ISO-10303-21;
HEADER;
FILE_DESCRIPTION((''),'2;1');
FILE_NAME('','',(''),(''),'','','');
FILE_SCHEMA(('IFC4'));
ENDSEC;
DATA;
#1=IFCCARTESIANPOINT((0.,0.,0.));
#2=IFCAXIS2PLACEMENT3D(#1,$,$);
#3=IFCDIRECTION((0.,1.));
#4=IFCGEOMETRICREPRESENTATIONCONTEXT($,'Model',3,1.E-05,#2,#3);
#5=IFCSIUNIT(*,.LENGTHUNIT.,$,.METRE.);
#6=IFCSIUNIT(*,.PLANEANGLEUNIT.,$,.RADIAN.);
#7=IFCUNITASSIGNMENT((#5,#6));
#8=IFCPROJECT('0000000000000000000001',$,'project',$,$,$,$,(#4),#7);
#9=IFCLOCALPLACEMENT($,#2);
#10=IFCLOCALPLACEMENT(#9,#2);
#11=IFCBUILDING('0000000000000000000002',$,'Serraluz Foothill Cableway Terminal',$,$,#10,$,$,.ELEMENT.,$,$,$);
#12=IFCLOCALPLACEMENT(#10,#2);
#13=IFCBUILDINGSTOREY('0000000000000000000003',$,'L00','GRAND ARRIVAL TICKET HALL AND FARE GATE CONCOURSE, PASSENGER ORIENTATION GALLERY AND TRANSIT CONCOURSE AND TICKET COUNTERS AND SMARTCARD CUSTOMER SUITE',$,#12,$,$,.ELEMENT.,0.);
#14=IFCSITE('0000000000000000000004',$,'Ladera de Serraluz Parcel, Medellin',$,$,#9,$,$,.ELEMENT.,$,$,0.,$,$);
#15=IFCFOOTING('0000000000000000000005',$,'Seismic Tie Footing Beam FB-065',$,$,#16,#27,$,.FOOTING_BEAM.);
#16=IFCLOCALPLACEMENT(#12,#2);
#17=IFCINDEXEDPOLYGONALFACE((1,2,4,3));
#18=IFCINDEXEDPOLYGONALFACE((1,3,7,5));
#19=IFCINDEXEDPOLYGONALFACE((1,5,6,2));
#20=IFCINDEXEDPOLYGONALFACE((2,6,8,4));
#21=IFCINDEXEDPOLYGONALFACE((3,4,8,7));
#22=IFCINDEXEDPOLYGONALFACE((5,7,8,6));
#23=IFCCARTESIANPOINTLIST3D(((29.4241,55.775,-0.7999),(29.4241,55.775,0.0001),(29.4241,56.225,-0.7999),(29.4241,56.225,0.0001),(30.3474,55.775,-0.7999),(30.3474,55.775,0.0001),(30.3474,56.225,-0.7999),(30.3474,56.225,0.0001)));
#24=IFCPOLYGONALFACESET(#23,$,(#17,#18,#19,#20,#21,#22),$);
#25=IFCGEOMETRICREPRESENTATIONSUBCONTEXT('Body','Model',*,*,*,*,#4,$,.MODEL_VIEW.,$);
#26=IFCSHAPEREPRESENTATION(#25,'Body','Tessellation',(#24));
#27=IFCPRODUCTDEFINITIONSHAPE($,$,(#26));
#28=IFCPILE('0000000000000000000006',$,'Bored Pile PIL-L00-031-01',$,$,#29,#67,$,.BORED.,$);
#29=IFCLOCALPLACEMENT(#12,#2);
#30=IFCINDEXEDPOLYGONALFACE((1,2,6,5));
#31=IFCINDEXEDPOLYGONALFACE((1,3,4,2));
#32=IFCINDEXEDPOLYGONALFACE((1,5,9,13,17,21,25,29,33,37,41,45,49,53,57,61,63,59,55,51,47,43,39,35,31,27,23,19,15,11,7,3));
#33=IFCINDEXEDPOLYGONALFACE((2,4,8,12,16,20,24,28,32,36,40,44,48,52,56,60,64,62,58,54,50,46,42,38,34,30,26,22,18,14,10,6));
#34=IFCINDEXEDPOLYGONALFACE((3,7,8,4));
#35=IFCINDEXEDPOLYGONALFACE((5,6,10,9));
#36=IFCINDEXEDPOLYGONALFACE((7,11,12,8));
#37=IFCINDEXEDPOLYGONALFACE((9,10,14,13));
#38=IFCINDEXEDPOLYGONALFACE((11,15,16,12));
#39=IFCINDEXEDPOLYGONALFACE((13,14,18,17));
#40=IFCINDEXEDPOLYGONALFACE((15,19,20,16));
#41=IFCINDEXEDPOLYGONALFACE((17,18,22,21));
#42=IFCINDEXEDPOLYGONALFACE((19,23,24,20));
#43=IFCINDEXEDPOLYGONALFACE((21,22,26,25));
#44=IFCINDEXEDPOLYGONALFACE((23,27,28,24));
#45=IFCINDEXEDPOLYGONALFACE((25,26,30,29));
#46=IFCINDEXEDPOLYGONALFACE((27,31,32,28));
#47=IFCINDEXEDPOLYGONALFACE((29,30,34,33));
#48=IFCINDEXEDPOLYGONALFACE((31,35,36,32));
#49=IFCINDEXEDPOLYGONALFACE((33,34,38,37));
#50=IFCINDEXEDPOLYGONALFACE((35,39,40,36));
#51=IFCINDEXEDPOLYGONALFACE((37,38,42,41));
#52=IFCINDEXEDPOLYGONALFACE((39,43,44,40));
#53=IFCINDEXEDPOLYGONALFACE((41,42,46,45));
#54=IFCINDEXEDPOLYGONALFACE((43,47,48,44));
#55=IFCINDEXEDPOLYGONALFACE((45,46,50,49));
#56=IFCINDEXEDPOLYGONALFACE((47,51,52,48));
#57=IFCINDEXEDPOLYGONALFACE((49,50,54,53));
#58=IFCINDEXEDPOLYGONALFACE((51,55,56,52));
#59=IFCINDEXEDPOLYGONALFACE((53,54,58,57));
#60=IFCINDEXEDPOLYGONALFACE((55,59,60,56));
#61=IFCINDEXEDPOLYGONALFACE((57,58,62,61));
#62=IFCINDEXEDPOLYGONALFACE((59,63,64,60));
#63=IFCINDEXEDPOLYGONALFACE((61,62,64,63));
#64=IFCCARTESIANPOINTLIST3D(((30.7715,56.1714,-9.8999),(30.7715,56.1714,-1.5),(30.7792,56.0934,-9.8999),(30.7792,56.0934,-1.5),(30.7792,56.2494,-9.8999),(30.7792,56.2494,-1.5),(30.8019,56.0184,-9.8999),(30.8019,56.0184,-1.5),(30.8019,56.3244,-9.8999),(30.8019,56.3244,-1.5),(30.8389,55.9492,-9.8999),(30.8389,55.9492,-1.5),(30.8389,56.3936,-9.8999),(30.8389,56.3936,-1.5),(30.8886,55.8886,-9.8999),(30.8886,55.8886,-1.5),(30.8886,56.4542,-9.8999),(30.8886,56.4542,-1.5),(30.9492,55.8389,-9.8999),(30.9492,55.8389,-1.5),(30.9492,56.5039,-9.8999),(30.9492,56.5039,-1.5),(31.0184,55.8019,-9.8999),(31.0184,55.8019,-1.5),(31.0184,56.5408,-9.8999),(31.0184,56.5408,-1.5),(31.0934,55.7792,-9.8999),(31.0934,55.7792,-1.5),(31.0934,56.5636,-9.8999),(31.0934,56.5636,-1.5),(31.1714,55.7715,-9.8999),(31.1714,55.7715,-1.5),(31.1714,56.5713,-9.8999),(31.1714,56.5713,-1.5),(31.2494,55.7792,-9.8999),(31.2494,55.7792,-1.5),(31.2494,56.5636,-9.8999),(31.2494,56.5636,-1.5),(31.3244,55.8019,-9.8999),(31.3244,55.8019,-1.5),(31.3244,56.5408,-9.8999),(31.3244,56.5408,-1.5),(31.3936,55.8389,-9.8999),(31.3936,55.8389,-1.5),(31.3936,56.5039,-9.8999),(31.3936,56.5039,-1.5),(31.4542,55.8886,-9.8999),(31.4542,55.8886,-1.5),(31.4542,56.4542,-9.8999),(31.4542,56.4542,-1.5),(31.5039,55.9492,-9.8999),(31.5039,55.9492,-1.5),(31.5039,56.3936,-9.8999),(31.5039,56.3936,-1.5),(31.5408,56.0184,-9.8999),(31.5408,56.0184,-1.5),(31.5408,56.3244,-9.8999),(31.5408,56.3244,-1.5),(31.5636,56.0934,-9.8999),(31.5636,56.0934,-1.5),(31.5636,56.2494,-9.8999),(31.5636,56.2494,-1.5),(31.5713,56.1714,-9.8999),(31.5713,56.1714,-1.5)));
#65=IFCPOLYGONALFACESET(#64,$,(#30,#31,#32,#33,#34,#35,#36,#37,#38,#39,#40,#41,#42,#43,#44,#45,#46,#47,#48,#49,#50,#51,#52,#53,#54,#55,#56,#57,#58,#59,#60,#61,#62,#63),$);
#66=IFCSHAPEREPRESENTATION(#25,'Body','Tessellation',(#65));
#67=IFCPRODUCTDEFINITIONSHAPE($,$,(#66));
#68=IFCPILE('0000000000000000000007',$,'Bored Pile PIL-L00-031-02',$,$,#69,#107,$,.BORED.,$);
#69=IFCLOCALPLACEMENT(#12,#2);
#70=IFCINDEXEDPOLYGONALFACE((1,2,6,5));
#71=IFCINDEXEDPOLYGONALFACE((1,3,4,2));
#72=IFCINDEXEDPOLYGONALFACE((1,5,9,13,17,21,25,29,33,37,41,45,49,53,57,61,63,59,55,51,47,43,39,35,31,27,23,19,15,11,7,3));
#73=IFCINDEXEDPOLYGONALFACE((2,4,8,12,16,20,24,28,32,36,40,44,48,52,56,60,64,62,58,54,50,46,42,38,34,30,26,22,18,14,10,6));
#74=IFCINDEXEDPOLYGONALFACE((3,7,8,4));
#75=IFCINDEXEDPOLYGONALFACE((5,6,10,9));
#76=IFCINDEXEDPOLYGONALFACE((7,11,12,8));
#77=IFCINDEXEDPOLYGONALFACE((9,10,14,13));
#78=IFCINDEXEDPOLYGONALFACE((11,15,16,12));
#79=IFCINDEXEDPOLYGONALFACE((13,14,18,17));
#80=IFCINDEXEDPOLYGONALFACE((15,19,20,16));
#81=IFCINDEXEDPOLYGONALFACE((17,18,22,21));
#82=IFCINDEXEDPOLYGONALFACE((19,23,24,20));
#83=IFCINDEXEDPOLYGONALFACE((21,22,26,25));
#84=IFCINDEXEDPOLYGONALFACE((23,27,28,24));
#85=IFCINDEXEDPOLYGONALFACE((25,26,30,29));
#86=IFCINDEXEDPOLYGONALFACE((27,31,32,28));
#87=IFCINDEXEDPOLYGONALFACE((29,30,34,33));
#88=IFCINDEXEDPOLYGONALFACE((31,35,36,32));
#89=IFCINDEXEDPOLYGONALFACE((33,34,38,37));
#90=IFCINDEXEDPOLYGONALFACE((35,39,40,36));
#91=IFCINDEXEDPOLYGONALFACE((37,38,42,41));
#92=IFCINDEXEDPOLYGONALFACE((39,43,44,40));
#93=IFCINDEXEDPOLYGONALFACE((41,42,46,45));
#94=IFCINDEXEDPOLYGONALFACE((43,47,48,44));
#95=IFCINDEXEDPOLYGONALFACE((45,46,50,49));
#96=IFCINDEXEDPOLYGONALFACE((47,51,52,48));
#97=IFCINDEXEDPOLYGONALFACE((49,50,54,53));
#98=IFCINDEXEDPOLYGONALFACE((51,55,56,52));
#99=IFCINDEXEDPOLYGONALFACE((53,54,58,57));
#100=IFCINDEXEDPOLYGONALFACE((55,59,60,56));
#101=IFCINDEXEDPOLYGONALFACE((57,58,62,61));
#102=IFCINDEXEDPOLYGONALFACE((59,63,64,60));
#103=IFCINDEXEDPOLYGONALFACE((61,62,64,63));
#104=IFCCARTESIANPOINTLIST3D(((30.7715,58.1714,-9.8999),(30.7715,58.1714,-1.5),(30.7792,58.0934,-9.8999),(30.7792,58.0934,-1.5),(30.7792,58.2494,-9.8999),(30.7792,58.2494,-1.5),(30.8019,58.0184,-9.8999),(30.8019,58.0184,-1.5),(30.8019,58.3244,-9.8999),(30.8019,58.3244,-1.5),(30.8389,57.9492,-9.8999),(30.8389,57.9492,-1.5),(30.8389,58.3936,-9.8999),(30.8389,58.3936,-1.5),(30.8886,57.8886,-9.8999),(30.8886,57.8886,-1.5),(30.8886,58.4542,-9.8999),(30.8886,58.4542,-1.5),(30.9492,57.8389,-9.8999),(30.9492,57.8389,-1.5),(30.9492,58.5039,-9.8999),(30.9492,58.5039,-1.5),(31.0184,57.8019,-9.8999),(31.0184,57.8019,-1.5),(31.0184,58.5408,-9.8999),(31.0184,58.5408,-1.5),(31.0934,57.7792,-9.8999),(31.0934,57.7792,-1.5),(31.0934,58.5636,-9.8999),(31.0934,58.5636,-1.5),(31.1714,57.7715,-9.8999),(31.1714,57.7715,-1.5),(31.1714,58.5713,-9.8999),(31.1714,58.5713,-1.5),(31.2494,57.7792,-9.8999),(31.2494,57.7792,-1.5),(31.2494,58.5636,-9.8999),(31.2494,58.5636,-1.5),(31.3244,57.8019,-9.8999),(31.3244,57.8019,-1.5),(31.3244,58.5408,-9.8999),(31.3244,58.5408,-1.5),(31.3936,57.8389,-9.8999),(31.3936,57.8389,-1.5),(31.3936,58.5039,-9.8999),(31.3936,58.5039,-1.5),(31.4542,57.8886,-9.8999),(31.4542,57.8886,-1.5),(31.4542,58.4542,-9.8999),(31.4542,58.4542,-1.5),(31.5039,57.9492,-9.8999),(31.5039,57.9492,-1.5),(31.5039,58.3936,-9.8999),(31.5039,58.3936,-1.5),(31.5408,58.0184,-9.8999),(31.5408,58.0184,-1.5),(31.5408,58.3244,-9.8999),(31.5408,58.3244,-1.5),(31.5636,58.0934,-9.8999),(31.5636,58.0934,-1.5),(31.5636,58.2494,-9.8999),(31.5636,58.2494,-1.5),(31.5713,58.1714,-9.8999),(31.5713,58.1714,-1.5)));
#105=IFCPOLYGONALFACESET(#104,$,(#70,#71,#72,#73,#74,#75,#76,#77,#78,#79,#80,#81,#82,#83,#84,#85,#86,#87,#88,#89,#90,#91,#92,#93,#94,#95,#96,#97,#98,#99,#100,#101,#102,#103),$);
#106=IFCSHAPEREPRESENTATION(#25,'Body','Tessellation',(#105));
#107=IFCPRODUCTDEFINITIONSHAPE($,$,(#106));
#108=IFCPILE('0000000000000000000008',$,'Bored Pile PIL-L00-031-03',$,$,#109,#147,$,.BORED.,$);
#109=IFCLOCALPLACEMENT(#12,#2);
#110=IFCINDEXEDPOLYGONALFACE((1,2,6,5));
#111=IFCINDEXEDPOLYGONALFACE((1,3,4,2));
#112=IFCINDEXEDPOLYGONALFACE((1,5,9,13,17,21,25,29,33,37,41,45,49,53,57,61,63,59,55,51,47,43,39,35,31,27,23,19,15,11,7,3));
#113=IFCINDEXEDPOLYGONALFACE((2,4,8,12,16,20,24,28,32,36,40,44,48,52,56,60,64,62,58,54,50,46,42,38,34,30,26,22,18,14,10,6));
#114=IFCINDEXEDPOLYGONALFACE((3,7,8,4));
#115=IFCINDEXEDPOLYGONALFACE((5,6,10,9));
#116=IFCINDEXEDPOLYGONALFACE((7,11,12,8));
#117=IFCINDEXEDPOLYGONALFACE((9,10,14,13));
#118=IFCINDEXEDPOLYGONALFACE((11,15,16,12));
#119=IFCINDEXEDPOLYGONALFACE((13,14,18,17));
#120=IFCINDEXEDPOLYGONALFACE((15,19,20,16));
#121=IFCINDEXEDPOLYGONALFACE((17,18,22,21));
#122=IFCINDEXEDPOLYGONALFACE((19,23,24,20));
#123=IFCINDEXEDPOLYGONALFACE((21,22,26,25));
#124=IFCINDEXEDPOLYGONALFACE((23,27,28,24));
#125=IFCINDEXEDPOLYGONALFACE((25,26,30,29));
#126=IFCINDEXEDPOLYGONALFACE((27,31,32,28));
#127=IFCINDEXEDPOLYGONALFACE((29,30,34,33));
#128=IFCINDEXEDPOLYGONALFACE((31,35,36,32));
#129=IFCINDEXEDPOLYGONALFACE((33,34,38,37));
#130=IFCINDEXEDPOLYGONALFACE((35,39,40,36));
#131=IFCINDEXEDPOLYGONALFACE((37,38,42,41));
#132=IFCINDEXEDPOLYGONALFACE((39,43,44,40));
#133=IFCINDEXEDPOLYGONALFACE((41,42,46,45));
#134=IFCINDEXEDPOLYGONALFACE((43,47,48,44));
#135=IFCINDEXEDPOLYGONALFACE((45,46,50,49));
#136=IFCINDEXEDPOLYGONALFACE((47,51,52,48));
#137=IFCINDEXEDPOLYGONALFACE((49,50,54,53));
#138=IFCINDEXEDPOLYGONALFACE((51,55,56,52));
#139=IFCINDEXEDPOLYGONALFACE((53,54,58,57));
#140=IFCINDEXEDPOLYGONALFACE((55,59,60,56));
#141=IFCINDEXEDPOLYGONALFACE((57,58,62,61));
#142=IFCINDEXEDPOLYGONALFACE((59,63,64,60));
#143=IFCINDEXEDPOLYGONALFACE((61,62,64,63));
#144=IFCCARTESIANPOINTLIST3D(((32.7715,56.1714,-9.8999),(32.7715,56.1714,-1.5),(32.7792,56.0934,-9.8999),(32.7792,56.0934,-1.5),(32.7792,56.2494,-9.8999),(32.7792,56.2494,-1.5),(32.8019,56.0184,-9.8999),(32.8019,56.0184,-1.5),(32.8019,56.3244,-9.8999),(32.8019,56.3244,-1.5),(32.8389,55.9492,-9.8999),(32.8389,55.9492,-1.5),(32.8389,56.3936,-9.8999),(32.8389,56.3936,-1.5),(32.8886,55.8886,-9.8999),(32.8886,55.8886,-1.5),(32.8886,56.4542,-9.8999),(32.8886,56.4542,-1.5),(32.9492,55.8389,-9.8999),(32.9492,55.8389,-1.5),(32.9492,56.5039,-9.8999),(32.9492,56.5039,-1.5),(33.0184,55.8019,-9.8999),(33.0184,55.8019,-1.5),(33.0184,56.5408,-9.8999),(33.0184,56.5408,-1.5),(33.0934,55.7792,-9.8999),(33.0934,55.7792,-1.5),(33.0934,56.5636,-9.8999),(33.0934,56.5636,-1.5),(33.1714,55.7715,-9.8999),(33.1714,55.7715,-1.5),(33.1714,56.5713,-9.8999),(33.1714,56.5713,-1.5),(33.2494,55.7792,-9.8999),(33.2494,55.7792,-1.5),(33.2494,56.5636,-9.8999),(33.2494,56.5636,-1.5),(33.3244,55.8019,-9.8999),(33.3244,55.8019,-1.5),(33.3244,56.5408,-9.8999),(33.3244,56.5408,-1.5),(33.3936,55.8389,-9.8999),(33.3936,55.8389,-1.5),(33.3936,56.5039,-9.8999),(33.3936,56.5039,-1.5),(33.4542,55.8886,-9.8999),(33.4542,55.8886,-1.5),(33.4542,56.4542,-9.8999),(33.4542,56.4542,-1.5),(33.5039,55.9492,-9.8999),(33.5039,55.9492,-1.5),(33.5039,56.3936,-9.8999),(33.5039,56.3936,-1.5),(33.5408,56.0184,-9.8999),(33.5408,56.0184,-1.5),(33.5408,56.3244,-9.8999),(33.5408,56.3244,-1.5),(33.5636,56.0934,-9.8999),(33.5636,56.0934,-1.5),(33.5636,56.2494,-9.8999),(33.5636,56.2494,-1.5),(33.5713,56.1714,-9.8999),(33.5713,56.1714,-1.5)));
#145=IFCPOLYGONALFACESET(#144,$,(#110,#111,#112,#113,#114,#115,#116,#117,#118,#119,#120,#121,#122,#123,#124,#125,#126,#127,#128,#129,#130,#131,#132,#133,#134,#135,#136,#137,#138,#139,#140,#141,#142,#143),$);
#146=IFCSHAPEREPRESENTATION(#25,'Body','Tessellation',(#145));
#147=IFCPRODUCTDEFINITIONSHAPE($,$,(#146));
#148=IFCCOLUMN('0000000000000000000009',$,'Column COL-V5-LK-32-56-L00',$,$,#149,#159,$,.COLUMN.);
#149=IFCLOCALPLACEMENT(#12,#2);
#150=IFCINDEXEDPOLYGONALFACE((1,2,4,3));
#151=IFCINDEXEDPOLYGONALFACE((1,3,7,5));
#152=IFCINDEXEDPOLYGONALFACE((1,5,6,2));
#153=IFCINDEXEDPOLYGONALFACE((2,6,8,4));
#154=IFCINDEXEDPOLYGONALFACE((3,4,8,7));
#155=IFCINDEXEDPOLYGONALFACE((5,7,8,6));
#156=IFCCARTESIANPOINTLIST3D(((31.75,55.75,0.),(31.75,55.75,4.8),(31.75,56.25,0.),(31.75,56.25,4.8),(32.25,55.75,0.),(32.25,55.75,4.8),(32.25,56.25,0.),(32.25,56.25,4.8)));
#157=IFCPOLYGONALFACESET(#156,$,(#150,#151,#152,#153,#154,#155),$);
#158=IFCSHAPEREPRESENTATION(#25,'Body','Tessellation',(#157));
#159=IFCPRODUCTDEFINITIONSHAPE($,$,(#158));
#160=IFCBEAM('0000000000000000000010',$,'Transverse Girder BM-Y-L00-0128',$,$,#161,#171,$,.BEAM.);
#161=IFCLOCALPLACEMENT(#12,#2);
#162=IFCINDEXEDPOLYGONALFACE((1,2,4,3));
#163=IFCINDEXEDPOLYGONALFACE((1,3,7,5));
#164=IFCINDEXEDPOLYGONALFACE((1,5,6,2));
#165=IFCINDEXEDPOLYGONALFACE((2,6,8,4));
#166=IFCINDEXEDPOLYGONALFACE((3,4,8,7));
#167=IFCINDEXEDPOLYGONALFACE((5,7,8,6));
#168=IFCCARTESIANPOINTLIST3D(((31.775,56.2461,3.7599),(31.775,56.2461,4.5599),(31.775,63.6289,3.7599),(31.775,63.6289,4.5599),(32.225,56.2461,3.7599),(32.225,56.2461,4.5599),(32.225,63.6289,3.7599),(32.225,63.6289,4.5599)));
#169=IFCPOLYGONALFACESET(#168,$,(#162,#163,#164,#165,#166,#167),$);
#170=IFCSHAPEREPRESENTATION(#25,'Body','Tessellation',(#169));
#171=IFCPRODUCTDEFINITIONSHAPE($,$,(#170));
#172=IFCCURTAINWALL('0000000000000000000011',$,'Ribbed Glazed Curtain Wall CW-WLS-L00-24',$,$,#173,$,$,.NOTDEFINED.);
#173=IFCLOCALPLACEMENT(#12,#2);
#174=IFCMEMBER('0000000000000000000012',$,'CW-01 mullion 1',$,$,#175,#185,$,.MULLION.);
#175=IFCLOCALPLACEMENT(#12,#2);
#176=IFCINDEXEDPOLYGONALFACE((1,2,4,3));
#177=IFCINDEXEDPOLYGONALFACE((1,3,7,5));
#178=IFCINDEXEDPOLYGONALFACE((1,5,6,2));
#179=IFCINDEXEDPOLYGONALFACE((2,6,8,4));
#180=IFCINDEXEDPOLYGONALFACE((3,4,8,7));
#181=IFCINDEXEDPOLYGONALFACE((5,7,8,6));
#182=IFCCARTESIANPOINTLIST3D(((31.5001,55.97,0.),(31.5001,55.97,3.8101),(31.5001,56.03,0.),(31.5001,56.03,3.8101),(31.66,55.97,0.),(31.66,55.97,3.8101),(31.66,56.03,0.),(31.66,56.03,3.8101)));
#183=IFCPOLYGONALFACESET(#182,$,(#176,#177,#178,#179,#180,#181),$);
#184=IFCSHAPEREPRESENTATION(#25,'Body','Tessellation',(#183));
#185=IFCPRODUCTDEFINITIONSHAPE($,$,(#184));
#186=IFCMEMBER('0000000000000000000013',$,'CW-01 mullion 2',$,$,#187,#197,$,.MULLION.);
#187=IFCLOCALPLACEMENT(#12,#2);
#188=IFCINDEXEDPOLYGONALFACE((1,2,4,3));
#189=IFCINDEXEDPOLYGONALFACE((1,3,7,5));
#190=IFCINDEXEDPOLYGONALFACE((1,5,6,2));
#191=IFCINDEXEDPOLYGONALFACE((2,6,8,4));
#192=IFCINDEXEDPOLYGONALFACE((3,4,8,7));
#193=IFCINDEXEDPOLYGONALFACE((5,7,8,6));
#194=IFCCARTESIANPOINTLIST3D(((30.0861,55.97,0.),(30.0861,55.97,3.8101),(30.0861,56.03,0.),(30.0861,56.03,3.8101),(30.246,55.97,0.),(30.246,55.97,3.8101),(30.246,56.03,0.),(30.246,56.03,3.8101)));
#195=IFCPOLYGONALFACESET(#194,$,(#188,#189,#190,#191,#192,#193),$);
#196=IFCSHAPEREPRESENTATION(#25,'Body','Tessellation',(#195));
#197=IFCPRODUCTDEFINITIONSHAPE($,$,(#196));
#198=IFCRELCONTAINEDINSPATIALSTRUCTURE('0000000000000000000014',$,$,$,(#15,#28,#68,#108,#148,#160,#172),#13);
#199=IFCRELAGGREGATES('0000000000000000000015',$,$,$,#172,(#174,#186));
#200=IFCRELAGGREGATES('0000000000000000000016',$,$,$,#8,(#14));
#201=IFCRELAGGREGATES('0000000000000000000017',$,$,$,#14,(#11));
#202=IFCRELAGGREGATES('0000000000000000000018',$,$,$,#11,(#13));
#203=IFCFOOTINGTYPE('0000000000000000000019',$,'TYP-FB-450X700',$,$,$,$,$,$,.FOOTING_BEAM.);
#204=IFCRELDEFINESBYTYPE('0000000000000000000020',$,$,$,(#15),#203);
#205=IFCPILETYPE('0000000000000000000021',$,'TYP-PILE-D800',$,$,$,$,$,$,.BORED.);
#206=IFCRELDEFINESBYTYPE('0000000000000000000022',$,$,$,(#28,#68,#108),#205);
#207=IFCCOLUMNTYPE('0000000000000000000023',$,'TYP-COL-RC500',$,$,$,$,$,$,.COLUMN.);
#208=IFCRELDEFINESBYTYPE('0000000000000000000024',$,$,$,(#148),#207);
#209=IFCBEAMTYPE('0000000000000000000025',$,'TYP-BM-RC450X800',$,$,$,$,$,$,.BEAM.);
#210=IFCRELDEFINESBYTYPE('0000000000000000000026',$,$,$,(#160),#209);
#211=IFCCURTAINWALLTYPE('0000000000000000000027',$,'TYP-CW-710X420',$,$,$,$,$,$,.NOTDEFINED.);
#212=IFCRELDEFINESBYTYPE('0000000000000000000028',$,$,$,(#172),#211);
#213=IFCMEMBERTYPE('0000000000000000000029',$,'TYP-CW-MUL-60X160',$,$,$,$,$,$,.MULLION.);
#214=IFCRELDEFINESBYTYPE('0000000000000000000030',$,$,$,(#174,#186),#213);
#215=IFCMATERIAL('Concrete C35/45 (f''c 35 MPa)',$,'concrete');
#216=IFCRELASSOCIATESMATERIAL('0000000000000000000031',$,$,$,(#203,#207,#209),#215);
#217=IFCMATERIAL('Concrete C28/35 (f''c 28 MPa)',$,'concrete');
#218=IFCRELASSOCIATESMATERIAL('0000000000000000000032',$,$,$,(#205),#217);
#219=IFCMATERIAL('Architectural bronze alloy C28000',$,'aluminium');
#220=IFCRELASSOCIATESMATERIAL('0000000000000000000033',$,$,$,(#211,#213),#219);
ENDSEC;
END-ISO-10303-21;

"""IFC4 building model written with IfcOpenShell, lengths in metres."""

from ifc_helpers import new_model, si_unit, direction, frame, origin, origin_2d, place, context, subcontext, project, spatial, rectangle, circle, extrude, material, material_profile, profile_set, type_object, element, aggregate, save


model = new_model("IFC4")

# Units and contexts
model_context = context("Model", 3, precision=1e-05, world=origin(), true_north=direction((0.0, 1.0)))
body_context = subcontext(model_context, "Body", "Model", "MODEL_VIEW")
ifc_project = project(units=[si_unit("LENGTHUNIT", "METRE"), si_unit("PLANEANGLEUNIT", "RADIAN")], contexts=[model_context])

# Site, building, storey
site_placement = place(None, origin())
site = spatial("IfcSite", under=ifc_project, at=site_placement, Name="Ladera de Serraluz Parcel, Medellin", CompositionType="ELEMENT", RefElevation=0.0)
building_placement = place(site_placement, origin())
building = spatial("IfcBuilding", under=site, at=building_placement, Name="Serraluz Foothill Cableway Terminal", CompositionType="ELEMENT")
storey_placement = place(building_placement, origin())
storey = spatial("IfcBuildingStorey", under=building, at=storey_placement, Name="L00", Description="GRAND ARRIVAL TICKET HALL AND FARE GATE CONCOURSE, PASSENGER ORIENTATION GALLERY AND TRANSIT CONCOURSE AND TICKET COUNTERS AND SMARTCARD CUSTOMER SUITE", CompositionType="ELEMENT", Elevation=0.0)

# Footing
ifc_material_1 = material(Name="Concrete C35/45 (f'c 35 MPa)", Category="concrete")
ifc_material_profile_1 = material_profile(ifc_material_1, rectangle(XDim=0.45, YDim=0.8, at=origin_2d()), Name="RC 450x800")
ifc_profile_set_1 = profile_set([ifc_material_profile_1], Name="Concrete C35/45 (f'c 35 MPa)")
footing_type = type_object("IfcFootingType", Name="TYP-FB-450X700", PredefinedType="FOOTING_BEAM", material=ifc_profile_set_1)
footing_placement = place(storey_placement, frame((29.4241, 56.0, -0.3999), z_axis=(1.0, 0.0, 0.0), x_axis=(0.0, 1.0, 0.0)))
element("IfcFooting", 1, at=footing_placement, inside=storey, type_object=footing_type, Name="Seismic Tie Footing Beam FB-065", PredefinedType="FOOTING_BEAM", context=body_context, shape_type="SweptSolid", body=[
    extrude(rectangle(XDim=0.45, YDim=0.8, at=origin_2d()), origin(), (0.0, 0.0, 1.0), 0.9233),
])

# Piles
ifc_material_2 = material(Name="Concrete C28/35 (f'c 28 MPa)", Category="concrete")
ifc_material_profile_2 = material_profile(ifc_material_2, circle(Radius=0.3999, at=origin_2d()), Name="BORED PILE D800")
ifc_profile_set_2 = profile_set([ifc_material_profile_2], Name="Concrete C28/35 (f'c 28 MPa)")
pile_type = type_object("IfcPileType", Name="TYP-PILE-D800", PredefinedType="BORED", material=ifc_profile_set_2)
for number, where, z_axis, x_axis, name in (
    (2, (31.1714, 56.1714, -1.5), (0.0, 0.0, -1.0), (1.0, 0.0, 0.0), "Bored Pile PIL-L00-031-01"),
    (3, (31.1714, 58.1714, -1.5), (0.0, 0.0, -1.0), (1.0, 0.0, 0.0), "Bored Pile PIL-L00-031-02"),
    (4, (33.1714, 56.1714, -1.5), (0.0, 0.0, -1.0), (1.0, 0.0, 0.0), "Bored Pile PIL-L00-031-03"),
):
    element("IfcPile", number, at=place(storey_placement, frame(where, z_axis=z_axis, x_axis=x_axis)), inside=storey, type_object=pile_type, Name=name, PredefinedType="BORED", context=body_context, shape_type="SweptSolid", body=[
        extrude(circle(Radius=0.3999, at=origin_2d()), origin(), (0.0, 0.0, 1.0), 8.3999),
    ])

# Column
ifc_material_profile_3 = material_profile(ifc_material_1, rectangle(XDim=0.5, YDim=0.5, at=origin_2d()), Name="RC 500x500")
ifc_profile_set_3 = profile_set([ifc_material_profile_3], Name="Concrete C35/45 (f'c 35 MPa)")
column_type = type_object("IfcColumnType", Name="TYP-COL-RC500", PredefinedType="COLUMN", material=ifc_profile_set_3)
column_placement = place(storey_placement, frame((32.0, 56.0, 0.0), z_axis=(0.0, 0.0, 1.0), x_axis=(1.0, 0.0, 0.0)))
element("IfcColumn", 5, at=column_placement, inside=storey, type_object=column_type, Name="Column COL-V5-LK-32-56-L00", PredefinedType="COLUMN", context=body_context, shape_type="SweptSolid", body=[
    extrude(rectangle(XDim=0.5, YDim=0.5, at=origin_2d()), origin(), (0.0, 0.0, 1.0), 4.8),
])

# Beam
ifc_material_profile_4 = material_profile(ifc_material_1, rectangle(XDim=0.45, YDim=0.8, at=origin_2d()), Name="RC 450x800")
ifc_profile_set_4 = profile_set([ifc_material_profile_4], Name="Concrete C35/45 (f'c 35 MPa)")
beam_type_1 = type_object("IfcBeamType", Name="TYP-BM-RC450X800", PredefinedType="BEAM", material=ifc_profile_set_4)
beam_1_placement = place(storey_placement, frame((32.0, 56.2461, 4.1599), z_axis=(0.0, 1.0, 0.0), x_axis=(-1.0, 0.0, 0.0)))
element("IfcBeam", 6, at=beam_1_placement, inside=storey, type_object=beam_type_1, Name="Transverse Girder BM-Y-L00-0128", PredefinedType="BEAM", context=body_context, shape_type="SweptSolid", body=[
    extrude(rectangle(XDim=0.45, YDim=0.8, at=origin_2d()), origin(), (0.0, 0.0, 1.0), 7.3828),
])

# Curtain wall, members
ifc_material_3 = material(Name="Architectural bronze alloy C28000", Category="aluminium")
curtain_wall_type = type_object("IfcCurtainWallType", Name="TYP-CW-710X420", PredefinedType="NOTDEFINED", material=ifc_material_3)
curtain_wall_placement = place(storey_placement, origin())
curtain_wall = element("IfcCurtainWall", 7, at=curtain_wall_placement, inside=storey, type_object=curtain_wall_type, Name="Ribbed Glazed Curtain Wall CW-WLS-L00-24", PredefinedType="NOTDEFINED")
ifc_material_profile_5 = material_profile(ifc_material_3, rectangle(XDim=0.0601, YDim=0.1599, at=origin_2d()), Name="ALU MULLION 60x160")
ifc_profile_set_5 = profile_set([ifc_material_profile_5], Name="Architectural bronze alloy C28000")
member_type_1 = type_object("IfcMemberType", Name="TYP-CW-MUL-60X160", PredefinedType="MULLION", material=ifc_profile_set_5)
member_1_placement = place(storey_placement, frame((31.5801, 56.0, 0.0), z_axis=(0.0, 0.0, 1.0), x_axis=(0.0, -1.0, 0.0)))
member_1 = element("IfcMember", 8, at=member_1_placement, type_object=member_type_1, Name="CW-01 mullion 1", PredefinedType="MULLION", context=body_context, shape_type="SweptSolid", body=[
    extrude(rectangle(XDim=0.0601, YDim=0.1599, at=origin_2d()), origin(), (0.0, 0.0, 1.0), 3.8101),
])
member_2_placement = place(storey_placement, frame((30.166, 56.0, 0.0), z_axis=(0.0, 0.0, 1.0), x_axis=(0.0, -1.0, 0.0)))
member_2 = element("IfcMember", 9, at=member_2_placement, type_object=member_type_1, Name="CW-01 mullion 2", PredefinedType="MULLION", context=body_context, shape_type="SweptSolid", body=[
    extrude(rectangle(XDim=0.0601, YDim=0.1599, at=origin_2d()), origin(), (0.0, 0.0, 1.0), 3.8101),
])

aggregate(curtain_wall, [member_1, member_2])

save(model, "model.ifc")
